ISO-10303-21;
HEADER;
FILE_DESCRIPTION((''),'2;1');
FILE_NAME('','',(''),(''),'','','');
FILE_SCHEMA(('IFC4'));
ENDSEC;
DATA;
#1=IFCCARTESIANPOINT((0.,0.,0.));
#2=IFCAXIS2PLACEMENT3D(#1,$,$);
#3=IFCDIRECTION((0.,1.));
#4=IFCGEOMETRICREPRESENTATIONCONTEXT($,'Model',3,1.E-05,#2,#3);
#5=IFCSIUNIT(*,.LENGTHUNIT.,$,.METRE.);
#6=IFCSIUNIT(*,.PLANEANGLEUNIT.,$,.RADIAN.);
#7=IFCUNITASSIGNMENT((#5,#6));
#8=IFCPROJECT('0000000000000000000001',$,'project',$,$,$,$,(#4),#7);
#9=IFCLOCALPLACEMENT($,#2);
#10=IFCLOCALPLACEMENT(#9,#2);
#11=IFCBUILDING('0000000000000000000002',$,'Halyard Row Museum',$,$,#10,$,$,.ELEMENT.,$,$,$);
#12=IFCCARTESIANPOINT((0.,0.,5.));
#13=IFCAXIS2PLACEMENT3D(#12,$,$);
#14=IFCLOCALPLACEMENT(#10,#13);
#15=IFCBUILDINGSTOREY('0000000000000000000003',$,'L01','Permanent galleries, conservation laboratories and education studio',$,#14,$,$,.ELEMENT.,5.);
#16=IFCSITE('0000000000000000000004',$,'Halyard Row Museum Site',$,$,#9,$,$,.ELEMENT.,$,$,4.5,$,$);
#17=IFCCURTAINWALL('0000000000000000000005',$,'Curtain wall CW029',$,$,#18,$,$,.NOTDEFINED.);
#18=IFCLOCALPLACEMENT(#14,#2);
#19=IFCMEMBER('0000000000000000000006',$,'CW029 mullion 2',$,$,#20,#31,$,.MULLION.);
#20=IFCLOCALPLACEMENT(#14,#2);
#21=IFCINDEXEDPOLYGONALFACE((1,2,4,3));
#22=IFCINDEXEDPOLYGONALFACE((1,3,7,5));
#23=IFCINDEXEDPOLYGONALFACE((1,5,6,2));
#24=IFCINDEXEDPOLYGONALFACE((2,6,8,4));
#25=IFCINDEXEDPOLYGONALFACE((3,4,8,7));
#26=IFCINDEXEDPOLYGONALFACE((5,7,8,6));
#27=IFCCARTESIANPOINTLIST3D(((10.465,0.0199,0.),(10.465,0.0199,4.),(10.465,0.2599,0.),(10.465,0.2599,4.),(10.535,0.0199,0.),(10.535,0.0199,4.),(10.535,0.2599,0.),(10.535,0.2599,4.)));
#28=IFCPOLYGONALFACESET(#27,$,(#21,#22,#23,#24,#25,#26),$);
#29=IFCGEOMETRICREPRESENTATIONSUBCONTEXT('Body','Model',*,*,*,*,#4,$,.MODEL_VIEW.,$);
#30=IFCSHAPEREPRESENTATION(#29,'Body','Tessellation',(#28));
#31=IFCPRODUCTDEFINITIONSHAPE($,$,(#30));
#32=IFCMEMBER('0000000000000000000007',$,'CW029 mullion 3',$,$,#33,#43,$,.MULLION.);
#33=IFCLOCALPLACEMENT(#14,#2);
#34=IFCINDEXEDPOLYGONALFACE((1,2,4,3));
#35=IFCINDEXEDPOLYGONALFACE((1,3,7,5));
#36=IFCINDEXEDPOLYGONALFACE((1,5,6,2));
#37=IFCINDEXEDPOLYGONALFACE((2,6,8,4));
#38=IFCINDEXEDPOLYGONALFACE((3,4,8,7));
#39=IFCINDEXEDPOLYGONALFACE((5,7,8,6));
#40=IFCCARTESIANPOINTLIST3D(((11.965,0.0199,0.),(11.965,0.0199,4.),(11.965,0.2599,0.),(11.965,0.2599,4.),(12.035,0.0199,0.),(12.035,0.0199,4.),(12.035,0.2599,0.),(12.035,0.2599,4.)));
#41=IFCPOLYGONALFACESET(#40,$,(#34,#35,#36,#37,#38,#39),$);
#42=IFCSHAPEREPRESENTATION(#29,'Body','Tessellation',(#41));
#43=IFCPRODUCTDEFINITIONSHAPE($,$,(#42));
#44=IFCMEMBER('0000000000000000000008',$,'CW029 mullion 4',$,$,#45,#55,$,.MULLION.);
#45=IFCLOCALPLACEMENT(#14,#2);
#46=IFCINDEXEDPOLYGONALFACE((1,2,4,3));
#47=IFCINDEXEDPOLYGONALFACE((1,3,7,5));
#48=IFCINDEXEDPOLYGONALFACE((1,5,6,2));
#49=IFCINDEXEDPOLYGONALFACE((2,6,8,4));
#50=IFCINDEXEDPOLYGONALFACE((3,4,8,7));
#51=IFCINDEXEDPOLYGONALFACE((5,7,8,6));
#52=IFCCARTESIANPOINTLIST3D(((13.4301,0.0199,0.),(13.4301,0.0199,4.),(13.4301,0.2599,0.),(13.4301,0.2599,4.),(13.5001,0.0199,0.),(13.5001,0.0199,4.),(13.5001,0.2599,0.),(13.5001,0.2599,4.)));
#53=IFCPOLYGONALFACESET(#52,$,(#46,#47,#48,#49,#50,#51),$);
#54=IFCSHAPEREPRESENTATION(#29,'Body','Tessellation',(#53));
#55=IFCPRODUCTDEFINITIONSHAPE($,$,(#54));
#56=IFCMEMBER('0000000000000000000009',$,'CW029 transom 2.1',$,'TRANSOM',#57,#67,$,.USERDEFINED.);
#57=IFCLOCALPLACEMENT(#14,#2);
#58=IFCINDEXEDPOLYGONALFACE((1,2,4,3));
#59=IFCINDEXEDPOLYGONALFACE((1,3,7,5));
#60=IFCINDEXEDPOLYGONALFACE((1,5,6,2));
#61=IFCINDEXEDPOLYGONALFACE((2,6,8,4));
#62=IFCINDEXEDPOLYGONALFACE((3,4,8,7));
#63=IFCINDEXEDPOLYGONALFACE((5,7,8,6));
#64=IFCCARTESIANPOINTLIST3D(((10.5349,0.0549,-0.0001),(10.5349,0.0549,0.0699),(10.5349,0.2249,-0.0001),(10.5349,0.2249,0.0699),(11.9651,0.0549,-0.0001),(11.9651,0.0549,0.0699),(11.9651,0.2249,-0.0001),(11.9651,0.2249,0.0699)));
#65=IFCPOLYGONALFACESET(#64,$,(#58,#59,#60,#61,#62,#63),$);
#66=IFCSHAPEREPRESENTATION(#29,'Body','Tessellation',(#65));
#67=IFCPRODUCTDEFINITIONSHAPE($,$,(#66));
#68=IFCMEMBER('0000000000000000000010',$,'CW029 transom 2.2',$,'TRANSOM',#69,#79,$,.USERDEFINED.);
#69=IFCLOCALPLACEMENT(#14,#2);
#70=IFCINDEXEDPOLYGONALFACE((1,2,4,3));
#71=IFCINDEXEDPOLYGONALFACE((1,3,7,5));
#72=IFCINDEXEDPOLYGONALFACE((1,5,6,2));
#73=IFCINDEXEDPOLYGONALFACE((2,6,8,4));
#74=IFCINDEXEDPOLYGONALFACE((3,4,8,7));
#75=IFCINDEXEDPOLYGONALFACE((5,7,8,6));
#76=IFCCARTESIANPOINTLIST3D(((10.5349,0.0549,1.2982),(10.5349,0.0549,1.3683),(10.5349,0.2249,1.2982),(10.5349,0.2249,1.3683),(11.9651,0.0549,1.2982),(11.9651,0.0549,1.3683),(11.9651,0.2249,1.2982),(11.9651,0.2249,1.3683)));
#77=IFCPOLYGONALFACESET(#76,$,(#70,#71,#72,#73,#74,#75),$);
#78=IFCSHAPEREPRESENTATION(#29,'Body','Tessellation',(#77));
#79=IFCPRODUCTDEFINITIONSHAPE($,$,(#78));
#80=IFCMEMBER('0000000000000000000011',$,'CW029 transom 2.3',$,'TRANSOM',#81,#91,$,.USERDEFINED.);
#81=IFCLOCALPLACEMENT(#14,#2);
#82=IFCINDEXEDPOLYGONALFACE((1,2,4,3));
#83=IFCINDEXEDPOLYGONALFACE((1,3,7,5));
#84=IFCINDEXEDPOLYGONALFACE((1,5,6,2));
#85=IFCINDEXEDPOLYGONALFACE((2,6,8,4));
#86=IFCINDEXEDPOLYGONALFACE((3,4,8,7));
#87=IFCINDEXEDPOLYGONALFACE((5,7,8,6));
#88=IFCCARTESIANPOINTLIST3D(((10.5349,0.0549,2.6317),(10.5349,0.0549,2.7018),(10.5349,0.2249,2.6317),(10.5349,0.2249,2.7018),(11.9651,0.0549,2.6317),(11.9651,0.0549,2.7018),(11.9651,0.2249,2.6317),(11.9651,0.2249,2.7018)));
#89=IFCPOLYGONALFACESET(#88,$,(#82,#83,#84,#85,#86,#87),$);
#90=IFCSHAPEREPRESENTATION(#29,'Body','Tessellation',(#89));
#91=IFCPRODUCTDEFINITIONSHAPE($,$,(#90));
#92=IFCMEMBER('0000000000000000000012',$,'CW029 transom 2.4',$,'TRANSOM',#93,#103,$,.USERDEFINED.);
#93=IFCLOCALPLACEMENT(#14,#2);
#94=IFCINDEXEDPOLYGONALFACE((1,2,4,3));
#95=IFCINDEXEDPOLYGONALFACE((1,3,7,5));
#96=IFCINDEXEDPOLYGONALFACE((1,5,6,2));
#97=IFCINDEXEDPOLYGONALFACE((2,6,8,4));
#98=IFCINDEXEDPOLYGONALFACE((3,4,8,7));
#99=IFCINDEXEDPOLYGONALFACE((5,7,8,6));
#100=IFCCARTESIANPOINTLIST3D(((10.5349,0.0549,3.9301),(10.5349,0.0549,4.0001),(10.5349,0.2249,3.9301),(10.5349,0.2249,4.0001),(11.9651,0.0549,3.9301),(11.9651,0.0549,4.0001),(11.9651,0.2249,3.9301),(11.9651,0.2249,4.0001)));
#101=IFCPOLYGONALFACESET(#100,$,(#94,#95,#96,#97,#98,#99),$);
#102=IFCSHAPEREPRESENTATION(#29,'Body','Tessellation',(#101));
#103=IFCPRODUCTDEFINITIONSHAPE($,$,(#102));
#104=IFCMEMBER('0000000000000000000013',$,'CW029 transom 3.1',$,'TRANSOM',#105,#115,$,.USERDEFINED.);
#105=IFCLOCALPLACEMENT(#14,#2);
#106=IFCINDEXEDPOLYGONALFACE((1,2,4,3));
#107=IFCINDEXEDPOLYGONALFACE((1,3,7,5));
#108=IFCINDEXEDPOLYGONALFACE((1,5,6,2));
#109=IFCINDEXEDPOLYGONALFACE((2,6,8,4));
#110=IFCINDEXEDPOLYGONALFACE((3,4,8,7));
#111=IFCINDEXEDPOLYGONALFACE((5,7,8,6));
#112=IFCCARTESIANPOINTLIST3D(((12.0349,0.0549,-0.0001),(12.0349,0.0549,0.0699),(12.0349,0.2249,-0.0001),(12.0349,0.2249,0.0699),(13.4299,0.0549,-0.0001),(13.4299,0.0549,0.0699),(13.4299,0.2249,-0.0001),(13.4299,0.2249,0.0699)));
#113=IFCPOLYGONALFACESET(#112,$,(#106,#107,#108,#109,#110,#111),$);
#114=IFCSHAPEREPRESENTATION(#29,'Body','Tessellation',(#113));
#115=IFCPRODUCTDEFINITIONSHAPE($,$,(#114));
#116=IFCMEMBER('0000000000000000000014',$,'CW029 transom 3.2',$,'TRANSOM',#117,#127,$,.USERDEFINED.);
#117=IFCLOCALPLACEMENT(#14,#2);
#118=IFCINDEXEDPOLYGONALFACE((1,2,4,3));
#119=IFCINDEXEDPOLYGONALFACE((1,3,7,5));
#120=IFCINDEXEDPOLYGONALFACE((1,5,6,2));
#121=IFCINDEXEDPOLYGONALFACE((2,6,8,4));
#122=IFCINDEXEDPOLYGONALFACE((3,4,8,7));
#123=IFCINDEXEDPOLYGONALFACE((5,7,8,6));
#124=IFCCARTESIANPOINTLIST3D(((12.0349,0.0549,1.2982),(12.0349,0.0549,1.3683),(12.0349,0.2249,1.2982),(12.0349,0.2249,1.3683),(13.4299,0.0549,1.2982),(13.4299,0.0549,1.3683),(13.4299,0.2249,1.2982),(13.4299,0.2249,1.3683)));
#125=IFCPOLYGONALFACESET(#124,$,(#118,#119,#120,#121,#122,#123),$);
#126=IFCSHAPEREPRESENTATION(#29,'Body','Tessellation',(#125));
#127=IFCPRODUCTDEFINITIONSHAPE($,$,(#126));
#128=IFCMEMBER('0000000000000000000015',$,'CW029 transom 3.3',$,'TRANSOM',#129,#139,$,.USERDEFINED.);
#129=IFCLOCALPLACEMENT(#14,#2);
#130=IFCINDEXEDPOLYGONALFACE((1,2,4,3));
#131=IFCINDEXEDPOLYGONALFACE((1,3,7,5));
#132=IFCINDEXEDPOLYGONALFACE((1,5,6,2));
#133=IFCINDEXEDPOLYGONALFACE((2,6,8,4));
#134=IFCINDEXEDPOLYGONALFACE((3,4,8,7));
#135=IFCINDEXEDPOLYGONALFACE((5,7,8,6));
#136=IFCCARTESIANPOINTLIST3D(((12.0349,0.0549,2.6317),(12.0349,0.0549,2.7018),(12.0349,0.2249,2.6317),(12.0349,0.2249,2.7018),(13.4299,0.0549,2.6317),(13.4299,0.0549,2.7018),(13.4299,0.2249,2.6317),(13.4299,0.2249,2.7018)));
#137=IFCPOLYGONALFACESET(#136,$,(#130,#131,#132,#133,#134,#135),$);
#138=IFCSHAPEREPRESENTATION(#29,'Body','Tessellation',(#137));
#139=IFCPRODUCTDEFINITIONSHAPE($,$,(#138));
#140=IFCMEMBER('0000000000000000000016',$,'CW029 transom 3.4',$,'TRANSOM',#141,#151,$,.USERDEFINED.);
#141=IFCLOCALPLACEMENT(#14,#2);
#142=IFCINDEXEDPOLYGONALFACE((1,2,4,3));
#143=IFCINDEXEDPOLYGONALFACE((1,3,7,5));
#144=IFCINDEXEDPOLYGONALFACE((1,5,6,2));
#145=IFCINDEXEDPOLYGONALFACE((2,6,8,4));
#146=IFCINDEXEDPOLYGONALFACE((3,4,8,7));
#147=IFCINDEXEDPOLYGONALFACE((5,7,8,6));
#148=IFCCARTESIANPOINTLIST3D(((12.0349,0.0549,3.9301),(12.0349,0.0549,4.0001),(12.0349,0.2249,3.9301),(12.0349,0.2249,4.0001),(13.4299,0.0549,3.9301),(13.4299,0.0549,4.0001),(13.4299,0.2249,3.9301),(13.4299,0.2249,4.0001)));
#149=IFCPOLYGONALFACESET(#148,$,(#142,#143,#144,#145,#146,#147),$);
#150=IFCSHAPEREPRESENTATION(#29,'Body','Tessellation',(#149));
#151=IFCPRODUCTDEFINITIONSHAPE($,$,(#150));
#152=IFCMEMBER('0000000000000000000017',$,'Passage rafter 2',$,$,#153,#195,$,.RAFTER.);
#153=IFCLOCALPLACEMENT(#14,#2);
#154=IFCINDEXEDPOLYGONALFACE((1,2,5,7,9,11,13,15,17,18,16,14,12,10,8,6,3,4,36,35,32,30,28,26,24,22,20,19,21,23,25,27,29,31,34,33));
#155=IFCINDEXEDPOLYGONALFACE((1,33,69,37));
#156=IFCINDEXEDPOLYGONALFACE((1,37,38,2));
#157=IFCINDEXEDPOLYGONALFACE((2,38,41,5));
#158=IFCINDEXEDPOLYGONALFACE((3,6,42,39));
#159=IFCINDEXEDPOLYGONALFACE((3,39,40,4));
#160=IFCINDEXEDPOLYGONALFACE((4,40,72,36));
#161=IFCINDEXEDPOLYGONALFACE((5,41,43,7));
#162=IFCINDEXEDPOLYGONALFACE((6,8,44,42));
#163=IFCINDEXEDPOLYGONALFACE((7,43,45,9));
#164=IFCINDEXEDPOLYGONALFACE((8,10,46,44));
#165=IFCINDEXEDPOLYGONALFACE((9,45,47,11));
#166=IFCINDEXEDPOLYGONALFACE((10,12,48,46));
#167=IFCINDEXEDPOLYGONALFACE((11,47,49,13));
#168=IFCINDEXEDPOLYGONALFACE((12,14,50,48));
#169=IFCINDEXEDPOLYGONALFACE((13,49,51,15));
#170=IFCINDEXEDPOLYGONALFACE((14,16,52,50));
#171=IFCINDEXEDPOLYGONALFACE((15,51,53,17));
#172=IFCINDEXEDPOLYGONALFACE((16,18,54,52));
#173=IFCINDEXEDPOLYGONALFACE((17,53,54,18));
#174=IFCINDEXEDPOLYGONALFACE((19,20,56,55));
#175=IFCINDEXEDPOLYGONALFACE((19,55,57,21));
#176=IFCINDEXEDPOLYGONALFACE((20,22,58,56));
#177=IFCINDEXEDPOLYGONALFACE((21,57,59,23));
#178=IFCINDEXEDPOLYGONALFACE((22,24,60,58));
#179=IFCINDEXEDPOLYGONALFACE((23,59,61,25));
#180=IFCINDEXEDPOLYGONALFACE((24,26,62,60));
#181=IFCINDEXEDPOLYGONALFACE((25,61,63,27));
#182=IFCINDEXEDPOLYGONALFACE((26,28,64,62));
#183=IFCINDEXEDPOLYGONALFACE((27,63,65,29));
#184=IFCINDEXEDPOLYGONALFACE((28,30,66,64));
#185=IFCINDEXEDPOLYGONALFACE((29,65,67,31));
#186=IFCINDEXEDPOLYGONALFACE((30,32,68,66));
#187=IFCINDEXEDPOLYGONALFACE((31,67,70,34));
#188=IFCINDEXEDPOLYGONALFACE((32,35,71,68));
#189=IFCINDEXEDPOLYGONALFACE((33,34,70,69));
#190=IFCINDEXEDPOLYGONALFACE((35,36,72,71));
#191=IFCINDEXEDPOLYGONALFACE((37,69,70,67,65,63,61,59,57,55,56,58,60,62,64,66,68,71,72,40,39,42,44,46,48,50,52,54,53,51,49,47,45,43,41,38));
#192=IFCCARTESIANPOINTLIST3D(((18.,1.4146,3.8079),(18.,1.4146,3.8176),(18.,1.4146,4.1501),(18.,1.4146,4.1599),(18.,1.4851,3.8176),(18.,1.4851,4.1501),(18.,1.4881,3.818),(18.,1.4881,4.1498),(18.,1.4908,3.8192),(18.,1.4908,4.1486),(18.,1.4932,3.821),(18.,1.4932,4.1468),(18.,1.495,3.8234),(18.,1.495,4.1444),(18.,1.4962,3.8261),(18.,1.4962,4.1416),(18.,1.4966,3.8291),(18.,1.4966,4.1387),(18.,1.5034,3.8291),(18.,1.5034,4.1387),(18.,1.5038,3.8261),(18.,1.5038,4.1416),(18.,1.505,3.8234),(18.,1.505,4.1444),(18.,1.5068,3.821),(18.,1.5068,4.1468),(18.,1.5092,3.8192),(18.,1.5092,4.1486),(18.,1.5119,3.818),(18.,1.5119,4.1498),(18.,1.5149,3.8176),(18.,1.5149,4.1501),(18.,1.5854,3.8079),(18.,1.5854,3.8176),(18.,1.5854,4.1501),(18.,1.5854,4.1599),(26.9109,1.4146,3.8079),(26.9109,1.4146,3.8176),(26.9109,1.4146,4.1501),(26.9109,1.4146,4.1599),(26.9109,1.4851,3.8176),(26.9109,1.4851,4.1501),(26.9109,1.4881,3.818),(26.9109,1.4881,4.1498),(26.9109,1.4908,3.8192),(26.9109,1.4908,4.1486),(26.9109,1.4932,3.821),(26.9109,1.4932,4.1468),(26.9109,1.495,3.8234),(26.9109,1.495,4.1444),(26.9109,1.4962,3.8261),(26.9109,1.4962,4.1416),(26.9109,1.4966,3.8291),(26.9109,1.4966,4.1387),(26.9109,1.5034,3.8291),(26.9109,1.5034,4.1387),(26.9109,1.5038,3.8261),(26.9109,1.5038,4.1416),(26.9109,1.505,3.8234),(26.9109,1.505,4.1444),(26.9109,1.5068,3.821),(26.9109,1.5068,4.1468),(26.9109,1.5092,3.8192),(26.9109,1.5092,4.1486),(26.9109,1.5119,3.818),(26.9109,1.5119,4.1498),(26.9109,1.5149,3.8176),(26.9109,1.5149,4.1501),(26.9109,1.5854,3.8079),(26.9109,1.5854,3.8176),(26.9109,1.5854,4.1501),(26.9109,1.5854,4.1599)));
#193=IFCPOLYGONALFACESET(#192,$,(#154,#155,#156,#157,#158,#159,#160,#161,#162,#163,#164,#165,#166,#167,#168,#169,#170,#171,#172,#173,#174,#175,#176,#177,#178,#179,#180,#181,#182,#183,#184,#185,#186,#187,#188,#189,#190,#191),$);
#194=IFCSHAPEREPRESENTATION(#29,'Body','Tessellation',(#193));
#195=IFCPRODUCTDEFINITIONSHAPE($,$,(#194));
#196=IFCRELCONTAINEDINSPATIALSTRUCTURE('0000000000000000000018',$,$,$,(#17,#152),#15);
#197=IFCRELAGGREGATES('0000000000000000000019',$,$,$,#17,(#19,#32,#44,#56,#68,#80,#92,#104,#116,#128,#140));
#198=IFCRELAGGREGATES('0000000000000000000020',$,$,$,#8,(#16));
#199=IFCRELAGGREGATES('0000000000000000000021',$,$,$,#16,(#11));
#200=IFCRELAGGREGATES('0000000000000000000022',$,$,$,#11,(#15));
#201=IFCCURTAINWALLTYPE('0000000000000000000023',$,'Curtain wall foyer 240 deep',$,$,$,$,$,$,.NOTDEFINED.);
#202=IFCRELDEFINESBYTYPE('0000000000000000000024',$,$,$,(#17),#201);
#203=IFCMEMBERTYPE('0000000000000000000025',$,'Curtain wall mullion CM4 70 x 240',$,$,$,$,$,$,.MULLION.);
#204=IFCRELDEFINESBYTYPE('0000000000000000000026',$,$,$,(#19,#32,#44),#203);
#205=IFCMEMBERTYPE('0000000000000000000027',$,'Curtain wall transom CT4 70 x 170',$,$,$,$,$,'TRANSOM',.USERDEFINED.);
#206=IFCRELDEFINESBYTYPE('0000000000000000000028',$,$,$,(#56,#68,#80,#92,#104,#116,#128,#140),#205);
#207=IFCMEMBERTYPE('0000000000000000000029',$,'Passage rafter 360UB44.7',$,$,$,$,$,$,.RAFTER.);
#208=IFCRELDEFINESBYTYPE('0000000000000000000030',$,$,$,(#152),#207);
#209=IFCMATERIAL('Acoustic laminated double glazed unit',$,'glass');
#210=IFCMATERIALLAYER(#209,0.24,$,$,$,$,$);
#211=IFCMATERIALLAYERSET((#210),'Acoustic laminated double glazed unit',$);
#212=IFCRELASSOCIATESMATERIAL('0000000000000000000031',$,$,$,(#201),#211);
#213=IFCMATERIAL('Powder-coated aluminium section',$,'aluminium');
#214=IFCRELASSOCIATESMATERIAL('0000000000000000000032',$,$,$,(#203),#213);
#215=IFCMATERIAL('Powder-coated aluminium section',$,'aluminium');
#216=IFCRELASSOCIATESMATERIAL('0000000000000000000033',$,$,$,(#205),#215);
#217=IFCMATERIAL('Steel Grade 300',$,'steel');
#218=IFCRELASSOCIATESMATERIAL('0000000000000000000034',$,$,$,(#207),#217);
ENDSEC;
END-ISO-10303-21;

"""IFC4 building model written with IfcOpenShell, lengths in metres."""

from ifc_helpers import new_model, si_unit, direction, frame, origin, origin_2d, place, context, subcontext, project, spatial, rectangle, i_section, extrude, material, layer, layer_set, material_profile, profile_set, type_object, element, aggregate, save


model = new_model("IFC4")

# Units and contexts
model_context = context("Model", 3, precision=1e-05, world=origin(), true_north=direction((0.0, 1.0)))
body_context = subcontext(model_context, "Body", "Model", "MODEL_VIEW")
ifc_project = project(units=[si_unit("LENGTHUNIT", "METRE"), si_unit("PLANEANGLEUNIT", "RADIAN")], contexts=[model_context])

# Site, building, storey
site_placement = place(None, origin())
site = spatial("IfcSite", under=ifc_project, at=site_placement, Name="Halyard Row Museum Site", CompositionType="ELEMENT", RefElevation=4.5)
building_placement = place(site_placement, origin())
building = spatial("IfcBuilding", under=site, at=building_placement, Name="Halyard Row Museum", CompositionType="ELEMENT")
storey_placement = place(building_placement, frame((0.0, 0.0, 5.0)))
storey = spatial("IfcBuildingStorey", under=building, at=storey_placement, Name="L01", Description="Permanent galleries, conservation laboratories and education studio", CompositionType="ELEMENT", Elevation=5.0)

# Curtain wall, members
ifc_material_1 = material(Name="Acoustic laminated double glazed unit", Category="glass")
ifc_layer_1 = layer(ifc_material_1, 0.24)
ifc_layer_set_1 = layer_set([ifc_layer_1], Name="Acoustic laminated double glazed unit")
curtain_wall_type = type_object("IfcCurtainWallType", Name="Curtain wall foyer 240 deep", PredefinedType="NOTDEFINED", material=ifc_layer_set_1)
curtain_wall_placement = place(storey_placement, origin())
curtain_wall = element("IfcCurtainWall", 1, at=curtain_wall_placement, inside=storey, type_object=curtain_wall_type, Name="Curtain wall CW029", PredefinedType="NOTDEFINED")
ifc_material_2 = material(Name="Powder-coated aluminium section", Category="aluminium")
ifc_material_profile_1 = material_profile(ifc_material_2, rectangle(XDim=0.24, YDim=0.0701, at=origin_2d()), Name="240x70 mullion")
ifc_profile_set_1 = profile_set([ifc_material_profile_1], Name="Powder-coated aluminium section")
member_type_1 = type_object("IfcMemberType", Name="Curtain wall mullion CM4 70 x 240", PredefinedType="MULLION", material=ifc_profile_set_1)
member_1_placement = place(storey_placement, frame((10.5, 0.1399, 0.0), z_axis=(0.0, 0.0, 1.0), x_axis=(0.0, 1.0, 0.0)))
member_1 = element("IfcMember", 2, at=member_1_placement, type_object=member_type_1, Name="CW029 mullion 2", PredefinedType="MULLION", context=body_context, shape_type="SweptSolid", body=[
    extrude(rectangle(XDim=0.24, YDim=0.0701, at=origin_2d()), origin(), (0.0, 0.0, 1.0), 4.0),
])
member_2_placement = place(storey_placement, frame((12.0, 0.1399, 0.0), z_axis=(0.0, 0.0, 1.0), x_axis=(0.0, 1.0, 0.0)))
member_2 = element("IfcMember", 3, at=member_2_placement, type_object=member_type_1, Name="CW029 mullion 3", PredefinedType="MULLION", context=body_context, shape_type="SweptSolid", body=[
    extrude(rectangle(XDim=0.24, YDim=0.0701, at=origin_2d()), origin(), (0.0, 0.0, 1.0), 4.0),
])
member_3_placement = place(storey_placement, frame((13.4651, 0.1399, 0.0), z_axis=(0.0, 0.0, 1.0), x_axis=(0.0, 1.0, 0.0)))
member_3 = element("IfcMember", 4, at=member_3_placement, type_object=member_type_1, Name="CW029 mullion 4", PredefinedType="MULLION", context=body_context, shape_type="SweptSolid", body=[
    extrude(rectangle(XDim=0.24, YDim=0.0701, at=origin_2d()), origin(), (0.0, 0.0, 1.0), 4.0),
])
ifc_material_3 = material(Name="Powder-coated aluminium section", Category="aluminium")
ifc_material_profile_2 = material_profile(ifc_material_3, rectangle(XDim=0.1699, YDim=0.0701, at=origin_2d()), Name="170x70 transom")
ifc_profile_set_2 = profile_set([ifc_material_profile_2], Name="Powder-coated aluminium section")
member_type_2 = type_object("IfcMemberType", Name="Curtain wall transom CT4 70 x 170", ElementType="TRANSOM", PredefinedType="USERDEFINED", material=ifc_profile_set_2)
member_4_placement = place(storey_placement, frame((10.5349, 0.1399, 0.0349), z_axis=(1.0, 0.0, 0.0), x_axis=(0.0, 1.0, 0.0)))
member_4 = element("IfcMember", 5, at=member_4_placement, type_object=member_type_2, Name="CW029 transom 2.1", ObjectType="TRANSOM", PredefinedType="USERDEFINED", context=body_context, shape_type="SweptSolid", body=[
    extrude(rectangle(XDim=0.1699, YDim=0.0701, at=origin_2d()), origin(), (0.0, 0.0, 1.0), 1.4302),
])
member_5_placement = place(storey_placement, frame((10.5349, 0.1399, 1.3333), z_axis=(1.0, 0.0, 0.0), x_axis=(0.0, 1.0, 0.0)))
member_5 = element("IfcMember", 6, at=member_5_placement, type_object=member_type_2, Name="CW029 transom 2.2", ObjectType="TRANSOM", PredefinedType="USERDEFINED", context=body_context, shape_type="SweptSolid", body=[
    extrude(rectangle(XDim=0.1699, YDim=0.0701, at=origin_2d()), origin(), (0.0, 0.0, 1.0), 1.4302),
])
member_6_placement = place(storey_placement, frame((10.5349, 0.1399, 2.6667), z_axis=(1.0, 0.0, 0.0), x_axis=(0.0, 1.0, 0.0)))
member_6 = element("IfcMember", 7, at=member_6_placement, type_object=member_type_2, Name="CW029 transom 2.3", ObjectType="TRANSOM", PredefinedType="USERDEFINED", context=body_context, shape_type="SweptSolid", body=[
    extrude(rectangle(XDim=0.1699, YDim=0.0701, at=origin_2d()), origin(), (0.0, 0.0, 1.0), 1.4302),
])
member_7_placement = place(storey_placement, frame((10.5349, 0.1399, 3.9651), z_axis=(1.0, 0.0, 0.0), x_axis=(0.0, 1.0, 0.0)))
member_7 = element("IfcMember", 8, at=member_7_placement, type_object=member_type_2, Name="CW029 transom 2.4", ObjectType="TRANSOM", PredefinedType="USERDEFINED", context=body_context, shape_type="SweptSolid", body=[
    extrude(rectangle(XDim=0.1699, YDim=0.0701, at=origin_2d()), origin(), (0.0, 0.0, 1.0), 1.4302),
])
member_8_placement = place(storey_placement, frame((12.0349, 0.1399, 0.0349), z_axis=(1.0, 0.0, 0.0), x_axis=(0.0, 1.0, 0.0)))
member_8 = element("IfcMember", 9, at=member_8_placement, type_object=member_type_2, Name="CW029 transom 3.1", ObjectType="TRANSOM", PredefinedType="USERDEFINED", context=body_context, shape_type="SweptSolid", body=[
    extrude(rectangle(XDim=0.1699, YDim=0.0701, at=origin_2d()), origin(), (0.0, 0.0, 1.0), 1.395),
])
member_9_placement = place(storey_placement, frame((12.0349, 0.1399, 1.3333), z_axis=(1.0, 0.0, 0.0), x_axis=(0.0, 1.0, 0.0)))
member_9 = element("IfcMember", 10, at=member_9_placement, type_object=member_type_2, Name="CW029 transom 3.2", ObjectType="TRANSOM", PredefinedType="USERDEFINED", context=body_context, shape_type="SweptSolid", body=[
    extrude(rectangle(XDim=0.1699, YDim=0.0701, at=origin_2d()), origin(), (0.0, 0.0, 1.0), 1.395),
])
member_10_placement = place(storey_placement, frame((12.0349, 0.1399, 2.6667), z_axis=(1.0, 0.0, 0.0), x_axis=(0.0, 1.0, 0.0)))
member_10 = element("IfcMember", 11, at=member_10_placement, type_object=member_type_2, Name="CW029 transom 3.3", ObjectType="TRANSOM", PredefinedType="USERDEFINED", context=body_context, shape_type="SweptSolid", body=[
    extrude(rectangle(XDim=0.1699, YDim=0.0701, at=origin_2d()), origin(), (0.0, 0.0, 1.0), 1.395),
])
member_11_placement = place(storey_placement, frame((12.0349, 0.1399, 3.9651), z_axis=(1.0, 0.0, 0.0), x_axis=(0.0, 1.0, 0.0)))
member_11 = element("IfcMember", 12, at=member_11_placement, type_object=member_type_2, Name="CW029 transom 3.4", ObjectType="TRANSOM", PredefinedType="USERDEFINED", context=body_context, shape_type="SweptSolid", body=[
    extrude(rectangle(XDim=0.1699, YDim=0.0701, at=origin_2d()), origin(), (0.0, 0.0, 1.0), 1.395),
])

# Member
ifc_material_4 = material(Name="Steel Grade 300", Category="steel")
ifc_material_profile_3 = material_profile(ifc_material_4, i_section(OverallWidth=0.1709, OverallDepth=0.3521, WebThickness=0.0068, FlangeThickness=0.0098, FilletRadius=0.0115, at=origin_2d()), Name="360UB44.7")
ifc_profile_set_3 = profile_set([ifc_material_profile_3], Name="Steel Grade 300")
member_type_3 = type_object("IfcMemberType", Name="Passage rafter 360UB44.7", PredefinedType="RAFTER", material=ifc_profile_set_3)
member_12_placement = place(storey_placement, frame((18.0, 1.5, 3.9839), z_axis=(1.0, 0.0, 0.0), x_axis=(0.0, 1.0, 0.0)))
element("IfcMember", 13, at=member_12_placement, inside=storey, type_object=member_type_3, Name="Passage rafter 2", PredefinedType="RAFTER", context=body_context, shape_type="SweptSolid", body=[
    extrude(i_section(OverallWidth=0.1709, OverallDepth=0.3521, WebThickness=0.0068, FlangeThickness=0.0098, FilletRadius=0.0115, at=origin_2d()), origin(), (0.0, 0.0, 1.0), 8.9109),
])

aggregate(curtain_wall, [member_1, member_2, member_3, member_4, member_5, member_6, member_7, member_8, member_9, member_10, member_11])

save(model, "model.ifc")
